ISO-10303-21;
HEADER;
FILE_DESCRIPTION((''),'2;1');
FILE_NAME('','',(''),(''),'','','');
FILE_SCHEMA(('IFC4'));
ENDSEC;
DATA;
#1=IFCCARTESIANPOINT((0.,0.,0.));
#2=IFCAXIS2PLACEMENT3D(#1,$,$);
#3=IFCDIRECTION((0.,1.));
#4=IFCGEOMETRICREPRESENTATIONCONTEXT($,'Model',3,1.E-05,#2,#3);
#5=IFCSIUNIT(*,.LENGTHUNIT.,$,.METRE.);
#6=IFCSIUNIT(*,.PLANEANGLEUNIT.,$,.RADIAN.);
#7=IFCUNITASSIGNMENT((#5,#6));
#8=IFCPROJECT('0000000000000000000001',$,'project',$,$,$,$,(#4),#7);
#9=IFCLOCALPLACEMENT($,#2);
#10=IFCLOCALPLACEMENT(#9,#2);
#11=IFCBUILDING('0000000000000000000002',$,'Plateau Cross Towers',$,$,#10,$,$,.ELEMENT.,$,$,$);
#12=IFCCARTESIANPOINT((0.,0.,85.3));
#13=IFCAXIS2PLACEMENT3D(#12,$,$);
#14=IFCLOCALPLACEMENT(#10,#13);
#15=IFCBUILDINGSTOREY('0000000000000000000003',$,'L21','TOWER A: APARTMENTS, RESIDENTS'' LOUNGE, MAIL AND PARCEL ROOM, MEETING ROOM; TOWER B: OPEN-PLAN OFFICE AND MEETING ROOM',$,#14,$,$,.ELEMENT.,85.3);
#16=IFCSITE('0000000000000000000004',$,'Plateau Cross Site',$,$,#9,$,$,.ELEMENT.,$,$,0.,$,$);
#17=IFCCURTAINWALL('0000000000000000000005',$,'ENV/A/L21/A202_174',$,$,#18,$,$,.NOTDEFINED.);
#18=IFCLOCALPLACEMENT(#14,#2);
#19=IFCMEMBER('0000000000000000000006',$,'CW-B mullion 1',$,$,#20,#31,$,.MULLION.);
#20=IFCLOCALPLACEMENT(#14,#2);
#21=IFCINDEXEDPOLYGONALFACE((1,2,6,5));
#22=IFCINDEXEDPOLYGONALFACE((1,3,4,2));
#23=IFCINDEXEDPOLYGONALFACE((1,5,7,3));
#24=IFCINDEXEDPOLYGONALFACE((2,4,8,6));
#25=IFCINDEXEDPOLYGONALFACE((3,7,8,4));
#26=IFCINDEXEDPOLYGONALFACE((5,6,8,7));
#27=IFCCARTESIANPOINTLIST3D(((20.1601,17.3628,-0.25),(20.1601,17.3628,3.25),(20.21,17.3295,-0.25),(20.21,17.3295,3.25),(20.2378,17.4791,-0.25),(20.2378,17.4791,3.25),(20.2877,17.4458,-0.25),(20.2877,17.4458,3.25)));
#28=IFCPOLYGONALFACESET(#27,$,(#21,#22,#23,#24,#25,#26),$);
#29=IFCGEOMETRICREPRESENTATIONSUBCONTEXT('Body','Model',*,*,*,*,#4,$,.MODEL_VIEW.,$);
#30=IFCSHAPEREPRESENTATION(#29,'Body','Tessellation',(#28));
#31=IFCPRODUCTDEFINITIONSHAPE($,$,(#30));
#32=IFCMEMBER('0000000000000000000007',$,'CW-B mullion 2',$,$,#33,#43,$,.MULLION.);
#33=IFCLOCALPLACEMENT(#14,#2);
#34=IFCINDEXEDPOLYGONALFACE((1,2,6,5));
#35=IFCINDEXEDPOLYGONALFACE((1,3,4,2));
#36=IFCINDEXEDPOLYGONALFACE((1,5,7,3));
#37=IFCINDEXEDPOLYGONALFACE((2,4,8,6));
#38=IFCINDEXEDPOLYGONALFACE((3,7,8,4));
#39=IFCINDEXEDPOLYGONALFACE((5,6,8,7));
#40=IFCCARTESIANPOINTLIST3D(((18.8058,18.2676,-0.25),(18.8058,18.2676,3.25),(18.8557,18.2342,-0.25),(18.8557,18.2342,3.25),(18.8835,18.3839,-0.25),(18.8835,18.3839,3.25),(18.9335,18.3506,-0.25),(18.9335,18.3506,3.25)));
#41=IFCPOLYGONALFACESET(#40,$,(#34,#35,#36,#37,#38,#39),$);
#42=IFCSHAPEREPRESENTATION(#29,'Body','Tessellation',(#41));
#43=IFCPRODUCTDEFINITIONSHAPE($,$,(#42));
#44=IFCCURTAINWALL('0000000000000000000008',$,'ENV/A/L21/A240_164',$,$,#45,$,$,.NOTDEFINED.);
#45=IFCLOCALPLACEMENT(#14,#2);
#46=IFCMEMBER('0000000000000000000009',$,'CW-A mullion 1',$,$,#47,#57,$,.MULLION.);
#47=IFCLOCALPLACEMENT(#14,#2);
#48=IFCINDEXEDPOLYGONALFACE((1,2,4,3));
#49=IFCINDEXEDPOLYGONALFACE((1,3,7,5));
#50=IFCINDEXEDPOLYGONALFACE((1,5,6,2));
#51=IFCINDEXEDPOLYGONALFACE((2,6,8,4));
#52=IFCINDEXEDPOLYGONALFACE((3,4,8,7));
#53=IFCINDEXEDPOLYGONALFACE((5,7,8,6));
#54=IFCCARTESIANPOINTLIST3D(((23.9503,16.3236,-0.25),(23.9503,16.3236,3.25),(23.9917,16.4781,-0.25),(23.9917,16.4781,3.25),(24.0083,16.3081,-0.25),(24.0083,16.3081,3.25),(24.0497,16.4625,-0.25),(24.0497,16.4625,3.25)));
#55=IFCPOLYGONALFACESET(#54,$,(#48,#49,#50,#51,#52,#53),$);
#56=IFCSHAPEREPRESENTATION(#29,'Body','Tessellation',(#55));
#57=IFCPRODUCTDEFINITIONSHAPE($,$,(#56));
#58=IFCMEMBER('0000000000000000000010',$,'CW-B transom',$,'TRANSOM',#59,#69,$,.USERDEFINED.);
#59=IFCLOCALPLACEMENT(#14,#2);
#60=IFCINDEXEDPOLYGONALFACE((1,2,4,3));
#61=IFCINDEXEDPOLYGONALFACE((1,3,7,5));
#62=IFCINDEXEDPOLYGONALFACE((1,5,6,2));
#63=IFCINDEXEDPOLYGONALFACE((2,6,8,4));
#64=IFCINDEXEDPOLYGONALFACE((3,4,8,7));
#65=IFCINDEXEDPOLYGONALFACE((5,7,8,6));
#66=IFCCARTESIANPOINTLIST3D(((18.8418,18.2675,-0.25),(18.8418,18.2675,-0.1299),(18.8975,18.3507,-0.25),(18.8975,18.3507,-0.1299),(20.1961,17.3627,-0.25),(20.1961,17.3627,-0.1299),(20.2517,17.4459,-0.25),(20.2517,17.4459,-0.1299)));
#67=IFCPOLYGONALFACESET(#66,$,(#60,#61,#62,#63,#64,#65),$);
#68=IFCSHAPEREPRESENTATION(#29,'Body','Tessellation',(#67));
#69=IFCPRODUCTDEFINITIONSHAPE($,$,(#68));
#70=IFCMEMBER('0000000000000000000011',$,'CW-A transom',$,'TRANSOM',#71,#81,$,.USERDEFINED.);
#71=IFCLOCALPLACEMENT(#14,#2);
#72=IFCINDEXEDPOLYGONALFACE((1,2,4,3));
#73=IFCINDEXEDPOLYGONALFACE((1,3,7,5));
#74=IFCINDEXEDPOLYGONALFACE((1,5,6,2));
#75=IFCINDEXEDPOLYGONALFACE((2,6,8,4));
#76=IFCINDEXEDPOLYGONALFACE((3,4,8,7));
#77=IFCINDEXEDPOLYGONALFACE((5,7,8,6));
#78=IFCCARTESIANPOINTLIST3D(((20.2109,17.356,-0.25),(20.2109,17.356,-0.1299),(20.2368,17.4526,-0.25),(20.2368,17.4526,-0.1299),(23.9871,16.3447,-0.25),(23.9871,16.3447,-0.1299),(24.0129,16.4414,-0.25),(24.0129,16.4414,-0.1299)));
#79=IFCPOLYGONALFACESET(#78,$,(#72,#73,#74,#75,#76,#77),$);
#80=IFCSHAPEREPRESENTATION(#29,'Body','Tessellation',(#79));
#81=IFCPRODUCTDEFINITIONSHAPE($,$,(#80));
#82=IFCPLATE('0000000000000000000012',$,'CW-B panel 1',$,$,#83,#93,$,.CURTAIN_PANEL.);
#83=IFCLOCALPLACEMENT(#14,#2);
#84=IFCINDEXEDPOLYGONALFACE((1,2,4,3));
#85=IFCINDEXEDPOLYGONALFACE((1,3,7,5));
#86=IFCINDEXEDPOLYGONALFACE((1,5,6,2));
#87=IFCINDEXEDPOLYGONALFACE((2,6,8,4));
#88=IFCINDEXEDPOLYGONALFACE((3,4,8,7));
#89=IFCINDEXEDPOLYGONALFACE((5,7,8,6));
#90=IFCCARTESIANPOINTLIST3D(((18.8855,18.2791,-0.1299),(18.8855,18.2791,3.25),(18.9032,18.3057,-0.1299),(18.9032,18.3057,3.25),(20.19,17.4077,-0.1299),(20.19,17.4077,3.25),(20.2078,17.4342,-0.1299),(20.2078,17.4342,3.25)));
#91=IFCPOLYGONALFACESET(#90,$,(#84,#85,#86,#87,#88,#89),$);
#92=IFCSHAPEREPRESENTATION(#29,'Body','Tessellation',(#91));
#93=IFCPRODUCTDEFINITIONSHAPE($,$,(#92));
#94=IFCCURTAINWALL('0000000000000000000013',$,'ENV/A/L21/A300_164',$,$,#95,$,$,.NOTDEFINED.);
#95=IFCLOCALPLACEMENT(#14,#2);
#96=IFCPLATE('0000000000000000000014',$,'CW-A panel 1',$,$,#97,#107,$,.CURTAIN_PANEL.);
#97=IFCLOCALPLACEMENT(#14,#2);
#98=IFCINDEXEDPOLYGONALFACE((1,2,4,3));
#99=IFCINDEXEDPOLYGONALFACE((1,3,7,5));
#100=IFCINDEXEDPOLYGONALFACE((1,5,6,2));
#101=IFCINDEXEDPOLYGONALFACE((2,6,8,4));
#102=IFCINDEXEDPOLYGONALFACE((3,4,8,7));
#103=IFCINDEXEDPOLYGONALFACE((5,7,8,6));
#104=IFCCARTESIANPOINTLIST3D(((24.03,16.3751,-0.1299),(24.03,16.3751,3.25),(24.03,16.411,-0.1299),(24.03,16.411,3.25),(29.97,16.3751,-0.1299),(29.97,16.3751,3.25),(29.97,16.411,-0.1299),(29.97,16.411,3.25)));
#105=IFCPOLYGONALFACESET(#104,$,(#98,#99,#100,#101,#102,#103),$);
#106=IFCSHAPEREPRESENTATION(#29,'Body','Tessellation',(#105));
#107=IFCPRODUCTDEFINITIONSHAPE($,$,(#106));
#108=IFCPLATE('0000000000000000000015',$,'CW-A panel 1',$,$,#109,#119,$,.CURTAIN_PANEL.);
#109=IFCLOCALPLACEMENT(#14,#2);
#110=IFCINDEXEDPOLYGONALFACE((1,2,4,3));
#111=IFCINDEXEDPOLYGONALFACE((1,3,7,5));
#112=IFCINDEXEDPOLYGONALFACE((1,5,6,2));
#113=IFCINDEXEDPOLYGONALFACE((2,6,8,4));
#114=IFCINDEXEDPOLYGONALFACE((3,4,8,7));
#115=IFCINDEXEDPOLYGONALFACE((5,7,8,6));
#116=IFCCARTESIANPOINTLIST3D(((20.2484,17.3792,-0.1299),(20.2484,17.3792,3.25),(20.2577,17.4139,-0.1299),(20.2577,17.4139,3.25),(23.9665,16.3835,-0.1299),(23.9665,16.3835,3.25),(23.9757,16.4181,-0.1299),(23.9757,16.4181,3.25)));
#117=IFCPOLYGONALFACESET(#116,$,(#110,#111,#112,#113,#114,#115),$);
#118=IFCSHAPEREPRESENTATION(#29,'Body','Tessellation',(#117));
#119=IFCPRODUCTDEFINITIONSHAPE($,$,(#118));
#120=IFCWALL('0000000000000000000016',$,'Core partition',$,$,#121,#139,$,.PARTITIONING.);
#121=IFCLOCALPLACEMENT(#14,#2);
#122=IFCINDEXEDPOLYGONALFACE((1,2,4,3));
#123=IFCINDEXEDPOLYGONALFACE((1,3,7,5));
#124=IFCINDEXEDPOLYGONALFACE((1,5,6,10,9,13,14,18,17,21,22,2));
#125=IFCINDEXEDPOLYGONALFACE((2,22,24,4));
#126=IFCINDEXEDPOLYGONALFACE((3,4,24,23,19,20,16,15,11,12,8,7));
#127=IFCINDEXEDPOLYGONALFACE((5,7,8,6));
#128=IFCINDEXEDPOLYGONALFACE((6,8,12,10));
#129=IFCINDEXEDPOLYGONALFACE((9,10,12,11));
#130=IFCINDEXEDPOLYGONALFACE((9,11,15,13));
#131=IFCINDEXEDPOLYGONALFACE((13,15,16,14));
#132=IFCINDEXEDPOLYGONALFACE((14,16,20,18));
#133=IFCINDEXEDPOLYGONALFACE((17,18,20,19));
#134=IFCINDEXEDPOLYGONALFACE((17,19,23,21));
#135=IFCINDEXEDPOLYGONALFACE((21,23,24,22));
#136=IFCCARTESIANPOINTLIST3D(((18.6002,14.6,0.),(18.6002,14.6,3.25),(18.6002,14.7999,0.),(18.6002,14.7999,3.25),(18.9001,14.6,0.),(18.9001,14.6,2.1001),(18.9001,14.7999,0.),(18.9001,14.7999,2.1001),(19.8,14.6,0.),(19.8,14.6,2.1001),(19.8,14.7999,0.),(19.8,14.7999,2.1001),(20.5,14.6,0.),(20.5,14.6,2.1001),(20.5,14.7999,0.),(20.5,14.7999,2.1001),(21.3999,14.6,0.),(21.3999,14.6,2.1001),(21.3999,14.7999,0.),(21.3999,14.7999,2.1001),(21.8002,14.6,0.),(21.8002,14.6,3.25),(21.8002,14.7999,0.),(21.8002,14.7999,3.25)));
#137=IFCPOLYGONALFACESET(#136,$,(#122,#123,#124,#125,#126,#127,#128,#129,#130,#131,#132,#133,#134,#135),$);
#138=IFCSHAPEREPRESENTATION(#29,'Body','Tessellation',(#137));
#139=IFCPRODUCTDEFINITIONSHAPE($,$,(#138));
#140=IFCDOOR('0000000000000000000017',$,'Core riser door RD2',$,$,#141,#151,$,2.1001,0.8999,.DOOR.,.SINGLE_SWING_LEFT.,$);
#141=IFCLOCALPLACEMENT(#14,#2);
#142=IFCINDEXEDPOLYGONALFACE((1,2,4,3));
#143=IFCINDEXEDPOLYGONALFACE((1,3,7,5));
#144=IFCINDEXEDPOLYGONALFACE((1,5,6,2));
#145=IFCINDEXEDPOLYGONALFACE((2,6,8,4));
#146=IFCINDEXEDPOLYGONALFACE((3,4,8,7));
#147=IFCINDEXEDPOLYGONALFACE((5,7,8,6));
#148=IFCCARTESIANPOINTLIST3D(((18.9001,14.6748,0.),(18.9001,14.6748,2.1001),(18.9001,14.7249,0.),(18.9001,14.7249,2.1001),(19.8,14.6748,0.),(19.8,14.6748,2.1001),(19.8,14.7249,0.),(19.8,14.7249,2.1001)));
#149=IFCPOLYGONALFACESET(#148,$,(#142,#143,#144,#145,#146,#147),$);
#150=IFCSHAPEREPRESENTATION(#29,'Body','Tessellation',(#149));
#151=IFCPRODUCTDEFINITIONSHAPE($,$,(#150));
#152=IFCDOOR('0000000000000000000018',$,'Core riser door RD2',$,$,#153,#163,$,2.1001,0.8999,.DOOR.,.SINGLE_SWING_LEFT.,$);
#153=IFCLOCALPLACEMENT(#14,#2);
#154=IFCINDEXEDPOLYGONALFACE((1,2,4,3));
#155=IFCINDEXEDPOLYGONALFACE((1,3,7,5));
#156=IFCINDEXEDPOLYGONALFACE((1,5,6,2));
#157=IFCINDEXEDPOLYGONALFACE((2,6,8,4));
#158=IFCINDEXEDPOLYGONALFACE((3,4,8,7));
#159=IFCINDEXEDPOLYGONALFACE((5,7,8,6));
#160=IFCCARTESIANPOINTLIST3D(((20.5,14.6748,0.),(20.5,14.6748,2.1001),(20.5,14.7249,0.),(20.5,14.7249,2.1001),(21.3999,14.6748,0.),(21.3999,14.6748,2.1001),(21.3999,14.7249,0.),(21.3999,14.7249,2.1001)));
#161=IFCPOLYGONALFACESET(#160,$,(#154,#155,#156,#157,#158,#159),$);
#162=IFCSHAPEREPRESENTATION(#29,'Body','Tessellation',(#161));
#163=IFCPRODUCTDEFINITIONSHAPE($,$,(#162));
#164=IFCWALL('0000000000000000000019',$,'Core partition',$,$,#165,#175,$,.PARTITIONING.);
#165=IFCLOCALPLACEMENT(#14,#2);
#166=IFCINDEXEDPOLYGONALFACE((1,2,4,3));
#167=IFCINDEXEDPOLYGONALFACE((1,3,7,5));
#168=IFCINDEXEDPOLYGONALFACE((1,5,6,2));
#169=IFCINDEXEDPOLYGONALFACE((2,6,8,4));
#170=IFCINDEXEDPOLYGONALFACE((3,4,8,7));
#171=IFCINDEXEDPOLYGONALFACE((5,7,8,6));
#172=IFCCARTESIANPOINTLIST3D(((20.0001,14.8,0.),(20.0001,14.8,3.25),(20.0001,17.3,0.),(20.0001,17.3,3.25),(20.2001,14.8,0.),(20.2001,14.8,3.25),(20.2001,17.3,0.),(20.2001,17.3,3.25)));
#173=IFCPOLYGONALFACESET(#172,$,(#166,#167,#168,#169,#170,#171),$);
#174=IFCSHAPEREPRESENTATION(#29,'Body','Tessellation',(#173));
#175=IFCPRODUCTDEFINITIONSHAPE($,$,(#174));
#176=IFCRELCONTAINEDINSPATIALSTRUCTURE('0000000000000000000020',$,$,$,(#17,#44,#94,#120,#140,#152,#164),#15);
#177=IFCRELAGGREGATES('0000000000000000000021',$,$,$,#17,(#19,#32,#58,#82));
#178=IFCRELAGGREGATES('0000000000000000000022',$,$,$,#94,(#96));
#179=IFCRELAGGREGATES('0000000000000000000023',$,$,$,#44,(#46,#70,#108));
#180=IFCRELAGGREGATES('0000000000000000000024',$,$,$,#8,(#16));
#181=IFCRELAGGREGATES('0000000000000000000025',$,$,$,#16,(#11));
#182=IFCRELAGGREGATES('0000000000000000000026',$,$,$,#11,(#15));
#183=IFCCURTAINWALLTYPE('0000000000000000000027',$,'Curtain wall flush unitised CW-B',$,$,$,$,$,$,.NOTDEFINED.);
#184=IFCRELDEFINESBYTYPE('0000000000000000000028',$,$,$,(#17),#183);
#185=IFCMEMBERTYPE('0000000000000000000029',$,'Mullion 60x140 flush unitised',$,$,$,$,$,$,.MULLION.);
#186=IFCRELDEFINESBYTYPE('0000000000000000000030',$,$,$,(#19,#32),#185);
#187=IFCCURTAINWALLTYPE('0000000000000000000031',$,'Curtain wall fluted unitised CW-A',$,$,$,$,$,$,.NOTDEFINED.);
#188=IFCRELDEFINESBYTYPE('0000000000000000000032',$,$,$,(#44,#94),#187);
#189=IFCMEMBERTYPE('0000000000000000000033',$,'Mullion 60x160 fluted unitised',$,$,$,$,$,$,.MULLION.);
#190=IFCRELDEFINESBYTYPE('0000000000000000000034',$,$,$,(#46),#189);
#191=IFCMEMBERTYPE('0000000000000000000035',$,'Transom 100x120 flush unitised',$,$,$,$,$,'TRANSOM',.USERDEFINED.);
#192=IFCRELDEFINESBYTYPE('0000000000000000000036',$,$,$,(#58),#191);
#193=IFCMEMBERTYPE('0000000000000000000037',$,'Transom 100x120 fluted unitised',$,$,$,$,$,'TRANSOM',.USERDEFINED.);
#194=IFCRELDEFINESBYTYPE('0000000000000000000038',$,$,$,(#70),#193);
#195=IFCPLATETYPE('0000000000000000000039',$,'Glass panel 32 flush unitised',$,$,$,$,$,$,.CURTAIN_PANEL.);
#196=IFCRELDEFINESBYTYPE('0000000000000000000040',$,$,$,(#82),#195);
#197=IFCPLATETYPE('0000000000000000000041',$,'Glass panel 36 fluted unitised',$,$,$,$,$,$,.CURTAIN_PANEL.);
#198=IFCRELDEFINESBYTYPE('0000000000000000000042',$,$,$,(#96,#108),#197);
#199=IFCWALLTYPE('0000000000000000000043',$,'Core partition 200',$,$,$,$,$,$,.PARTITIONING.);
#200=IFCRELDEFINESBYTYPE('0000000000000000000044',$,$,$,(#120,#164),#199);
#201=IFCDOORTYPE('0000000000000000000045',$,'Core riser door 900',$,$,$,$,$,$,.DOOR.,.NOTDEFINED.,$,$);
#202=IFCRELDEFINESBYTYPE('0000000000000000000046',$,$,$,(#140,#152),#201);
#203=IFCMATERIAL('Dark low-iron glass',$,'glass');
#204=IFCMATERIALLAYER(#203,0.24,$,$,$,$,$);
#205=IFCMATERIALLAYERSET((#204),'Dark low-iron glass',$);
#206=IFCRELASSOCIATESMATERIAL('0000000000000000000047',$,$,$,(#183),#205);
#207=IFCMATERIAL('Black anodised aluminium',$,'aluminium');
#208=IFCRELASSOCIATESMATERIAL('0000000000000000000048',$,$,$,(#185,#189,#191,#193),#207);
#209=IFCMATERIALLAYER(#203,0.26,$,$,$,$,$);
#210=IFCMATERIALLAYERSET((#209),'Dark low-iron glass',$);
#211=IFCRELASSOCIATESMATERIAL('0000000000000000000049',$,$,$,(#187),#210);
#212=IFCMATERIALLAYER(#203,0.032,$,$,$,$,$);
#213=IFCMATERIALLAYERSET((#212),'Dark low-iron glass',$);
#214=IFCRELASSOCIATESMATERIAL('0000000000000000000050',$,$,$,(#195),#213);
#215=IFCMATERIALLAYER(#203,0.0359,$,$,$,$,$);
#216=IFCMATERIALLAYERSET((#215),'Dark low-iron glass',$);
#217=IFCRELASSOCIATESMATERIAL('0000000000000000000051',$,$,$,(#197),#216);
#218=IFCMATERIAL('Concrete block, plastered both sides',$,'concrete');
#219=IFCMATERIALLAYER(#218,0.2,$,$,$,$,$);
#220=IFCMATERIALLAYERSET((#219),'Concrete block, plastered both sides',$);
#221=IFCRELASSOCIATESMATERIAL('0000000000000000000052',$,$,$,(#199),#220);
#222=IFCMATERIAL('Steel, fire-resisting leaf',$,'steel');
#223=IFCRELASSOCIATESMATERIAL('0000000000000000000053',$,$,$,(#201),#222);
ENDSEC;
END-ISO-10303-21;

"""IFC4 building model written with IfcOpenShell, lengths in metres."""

from ifc_helpers import new_model, si_unit, direction, frame, frame_2d, origin, origin_2d, place, context, subcontext, project, spatial, rectangle, extrude, material, layer, layer_set, material_profile, profile_set, type_object, element, fill, aggregate, save


model = new_model("IFC4")

# Units and contexts
model_context = context("Model", 3, precision=1e-05, world=origin(), true_north=direction((0.0, 1.0)))
body_context = subcontext(model_context, "Body", "Model", "MODEL_VIEW")
ifc_project = project(units=[si_unit("LENGTHUNIT", "METRE"), si_unit("PLANEANGLEUNIT", "RADIAN")], contexts=[model_context])

# Site, building, storey
site_placement = place(None, origin())
site = spatial("IfcSite", under=ifc_project, at=site_placement, Name="Plateau Cross Site", CompositionType="ELEMENT", RefElevation=0.0)
building_placement = place(site_placement, origin())
building = spatial("IfcBuilding", under=site, at=building_placement, Name="Plateau Cross Towers", CompositionType="ELEMENT")
storey_placement = place(building_placement, frame((0.0, 0.0, 85.3)))
storey = spatial("IfcBuildingStorey", under=building, at=storey_placement, Name="L21", Description="TOWER A: APARTMENTS, RESIDENTS' LOUNGE, MAIL AND PARCEL ROOM, MEETING ROOM; TOWER B: OPEN-PLAN OFFICE AND MEETING ROOM", CompositionType="ELEMENT", Elevation=85.3)

# Curtain wall, members
ifc_material_1 = material(Name="Dark low-iron glass", Category="glass")
ifc_layer_1 = layer(ifc_material_1, 0.24)
ifc_layer_set_1 = layer_set([ifc_layer_1], Name="Dark low-iron glass")
curtain_wall_type_1 = type_object("IfcCurtainWallType", Name="Curtain wall flush unitised CW-B", PredefinedType="NOTDEFINED", material=ifc_layer_set_1)
curtain_wall_1_placement = place(storey_placement, origin())
curtain_wall_1 = element("IfcCurtainWall", 1, at=curtain_wall_1_placement, inside=storey, type_object=curtain_wall_type_1, Name="ENV/A/L21/A202_174", PredefinedType="NOTDEFINED")
ifc_material_2 = material(Name="Black anodised aluminium", Category="aluminium")
ifc_material_profile_1 = material_profile(ifc_material_2, rectangle(XDim=0.0601, YDim=0.1399, at=origin_2d()), Name="MULLION 60x140")
ifc_profile_set_1 = profile_set([ifc_material_profile_1], Name="Black anodised aluminium")
member_type_1 = type_object("IfcMemberType", Name="Mullion 60x140 flush unitised", PredefinedType="MULLION", material=ifc_profile_set_1)
member_1_placement = place(storey_placement, frame((20.2239, 17.4043, -0.25), z_axis=(0.0, 0.0, 1.0), x_axis=(-0.831521, 0.555493, 0.0)))
member_1 = element("IfcMember", 2, at=member_1_placement, type_object=member_type_1, Name="CW-B mullion 1", PredefinedType="MULLION", context=body_context, shape_type="SweptSolid", body=[
    extrude(rectangle(XDim=0.0601, YDim=0.1399, at=origin_2d()), origin(), (0.0, 0.0, 1.0), 3.5),
])
member_2_placement = place(storey_placement, frame((18.8696, 18.3091, -0.25), z_axis=(0.0, 0.0, 1.0), x_axis=(-0.831521, 0.555493, 0.0)))
member_2 = element("IfcMember", 3, at=member_2_placement, type_object=member_type_1, Name="CW-B mullion 2", PredefinedType="MULLION", context=body_context, shape_type="SweptSolid", body=[
    extrude(rectangle(XDim=0.0601, YDim=0.1399, at=origin_2d()), origin(), (0.0, 0.0, 1.0), 3.5),
])

# Curtain wall, member
ifc_layer_2 = layer(ifc_material_1, 0.26)
ifc_layer_set_2 = layer_set([ifc_layer_2], Name="Dark low-iron glass")
curtain_wall_type_2 = type_object("IfcCurtainWallType", Name="Curtain wall fluted unitised CW-A", PredefinedType="NOTDEFINED", material=ifc_layer_set_2)
curtain_wall_2_placement = place(storey_placement, origin())
curtain_wall_2 = element("IfcCurtainWall", 4, at=curtain_wall_2_placement, inside=storey, type_object=curtain_wall_type_2, Name="ENV/A/L21/A240_164", PredefinedType="NOTDEFINED")
ifc_material_profile_2 = material_profile(ifc_material_2, rectangle(XDim=0.0601, YDim=0.1599, at=origin_2d()), Name="MULLION 60x160")
ifc_profile_set_2 = profile_set([ifc_material_profile_2], Name="Black anodised aluminium")
member_type_2 = type_object("IfcMemberType", Name="Mullion 60x160 fluted unitised", PredefinedType="MULLION", material=ifc_profile_set_2)
member_3_placement = place(storey_placement, frame((24.0, 16.3931, -0.25), z_axis=(0.0, 0.0, 1.0), x_axis=(-0.965958, 0.258699, 0.0)))
member_3 = element("IfcMember", 5, at=member_3_placement, type_object=member_type_2, Name="CW-A mullion 1", PredefinedType="MULLION", context=body_context, shape_type="SweptSolid", body=[
    extrude(rectangle(XDim=0.0601, YDim=0.1599, at=origin_2d()), origin(), (0.0, 0.0, 1.0), 3.5),
])

# Members
ifc_material_profile_3 = material_profile(ifc_material_2, rectangle(XDim=0.1001, YDim=0.1201, at=origin_2d()), Name="TRANSOM 100x120")
ifc_profile_set_3 = profile_set([ifc_material_profile_3], Name="Black anodised aluminium")
member_type_3 = type_object("IfcMemberType", Name="Transom 100x120 flush unitised", ElementType="TRANSOM", PredefinedType="USERDEFINED", material=ifc_profile_set_3)
member_4_placement = place(storey_placement, frame((20.2239, 17.4043, -0.1899), z_axis=(-0.831496, 0.55553, 0.0), x_axis=(-0.55553, -0.831496, 0.0)))
member_4 = element("IfcMember", 6, at=member_4_placement, type_object=member_type_3, Name="CW-B transom", ObjectType="TRANSOM", PredefinedType="USERDEFINED", context=body_context, shape_type="SweptSolid", body=[
    extrude(rectangle(XDim=0.1001, YDim=0.1201, at=origin_2d()), origin(), (0.0, 0.0, 1.0), 1.6287),
])
ifc_material_profile_4 = material_profile(ifc_material_2, rectangle(XDim=0.1001, YDim=0.1201, at=origin_2d()), Name="TRANSOM 100x120")
ifc_profile_set_4 = profile_set([ifc_material_profile_4], Name="Black anodised aluminium")
member_type_4 = type_object("IfcMemberType", Name="Transom 100x120 fluted unitised", ElementType="TRANSOM", PredefinedType="USERDEFINED", material=ifc_profile_set_4)
member_5_placement = place(storey_placement, frame((24.0, 16.3931, -0.1899), z_axis=(-0.965963, 0.258681, 0.0), x_axis=(-0.258681, -0.965963, 0.0)))
member_5 = element("IfcMember", 7, at=member_5_placement, type_object=member_type_4, Name="CW-A transom", ObjectType="TRANSOM", PredefinedType="USERDEFINED", context=body_context, shape_type="SweptSolid", body=[
    extrude(rectangle(XDim=0.1001, YDim=0.1201, at=origin_2d()), origin(), (0.0, 0.0, 1.0), 3.9092),
])

# Plate
ifc_layer_3 = layer(ifc_material_1, 0.032)
ifc_layer_set_3 = layer_set([ifc_layer_3], Name="Dark low-iron glass")
plate_type_1 = type_object("IfcPlateType", Name="Glass panel 32 flush unitised", PredefinedType="CURTAIN_PANEL", material=ifc_layer_set_3)
plate_1_placement = place(storey_placement, frame((19.5466, 17.8567, -0.1299), z_axis=(0.0, 0.0, 1.0), x_axis=(-0.831521, 0.555493, 0.0)))
plate_1 = element("IfcPlate", 8, at=plate_1_placement, type_object=plate_type_1, Name="CW-B panel 1", PredefinedType="CURTAIN_PANEL", context=body_context, shape_type="SweptSolid", body=[
    extrude(rectangle(XDim=1.5688, YDim=0.032, at=origin_2d()), origin(), (0.0, 0.0, 1.0), 3.3799),
])
aggregate(curtain_wall_1, [member_1, member_2, member_4, plate_1])

# Curtain wall, plate
curtain_wall_3_placement = place(storey_placement, origin())
curtain_wall_3 = element("IfcCurtainWall", 9, at=curtain_wall_3_placement, inside=storey, type_object=curtain_wall_type_2, Name="ENV/A/L21/A300_164", PredefinedType="NOTDEFINED")
ifc_layer_4 = layer(ifc_material_1, 0.0359)
ifc_layer_set_4 = layer_set([ifc_layer_4], Name="Dark low-iron glass")
plate_type_2 = type_object("IfcPlateType", Name="Glass panel 36 fluted unitised", PredefinedType="CURTAIN_PANEL", material=ifc_layer_set_4)
plate_2_placement = place(storey_placement, frame((27.0, 16.3931, -0.1299), z_axis=(0.0, 0.0, 1.0), x_axis=(-1.0, 0.0, 0.0)))
plate_2 = element("IfcPlate", 10, at=plate_2_placement, type_object=plate_type_2, Name="CW-A panel 1", PredefinedType="CURTAIN_PANEL", context=body_context, shape_type="SweptSolid", body=[
    extrude(rectangle(XDim=5.9399, YDim=0.0359, at=origin_2d()), origin(), (0.0, 0.0, 1.0), 3.3799),
])
aggregate(curtain_wall_3, [plate_2])

# Plate
plate_3_placement = place(storey_placement, frame((22.1121, 16.8987, -0.1299), z_axis=(0.0, 0.0, 1.0), x_axis=(-0.965958, 0.258699, 0.0)))
plate_3 = element("IfcPlate", 11, at=plate_3_placement, type_object=plate_type_2, Name="CW-A panel 1", PredefinedType="CURTAIN_PANEL", context=body_context, shape_type="SweptSolid", body=[
    extrude(rectangle(XDim=3.8491, YDim=0.0359, at=origin_2d()), origin(), (0.0, 0.0, 1.0), 3.3799),
])
aggregate(curtain_wall_2, [member_3, member_5, plate_3])

# Wall, openings, doors
ifc_material_3 = material(Name="Concrete block, plastered both sides", Category="concrete")
ifc_layer_5 = layer(ifc_material_3, 0.2)
ifc_layer_set_5 = layer_set([ifc_layer_5], Name="Concrete block, plastered both sides")
wall_type_1 = type_object("IfcWallType", Name="Core partition 200", PredefinedType="PARTITIONING", material=ifc_layer_set_5)
wall_1_placement = place(storey_placement, frame((18.6001, 14.7, 0.0), z_axis=(0.0, 0.0, 1.0), x_axis=(1.0, 0.0, 0.0)))
wall_1 = element("IfcWall", 12, at=wall_1_placement, inside=storey, type_object=wall_type_1, Name="Core partition", PredefinedType="PARTITIONING", context=body_context, shape_type="SweptSolid", body=[
    extrude(rectangle(XDim=3.2, YDim=0.2, at=frame_2d((1.6001, 0.0))), origin(), (0.0, 0.0, 1.0), 3.25),
])
opening_1_placement = place(wall_1_placement, frame((0.3, 0.0, 0.0)))
opening_1 = element("IfcOpeningElement", 13, at=opening_1_placement, cuts=wall_1, PredefinedType="OPENING", context=body_context, shape_type="SweptSolid", body=[
    extrude(rectangle(XDim=0.8999, YDim=2.1001, at=frame_2d((0.45, 1.05))), frame((0.0, 0.1099, 0.0), z_axis=(0.0, -1.0, 0.0), x_axis=(1.0, 0.0, 0.0)), (0.0, 0.0, 1.0), 0.22),
])
opening_2_placement = place(wall_1_placement, frame((1.8999, 0.0, 0.0)))
opening_2 = element("IfcOpeningElement", 14, at=opening_2_placement, cuts=wall_1, PredefinedType="OPENING", context=body_context, shape_type="SweptSolid", body=[
    extrude(rectangle(XDim=0.8999, YDim=2.1001, at=frame_2d((0.45, 1.05))), frame((0.0, 0.1099, 0.0), z_axis=(0.0, -1.0, 0.0), x_axis=(1.0, 0.0, 0.0)), (0.0, 0.0, 1.0), 0.22),
])
ifc_material_4 = material(Name="Steel, fire-resisting leaf", Category="steel")
door_type_1 = type_object("IfcDoorType", Name="Core riser door 900", OperationType="NOTDEFINED", PredefinedType="DOOR", material=ifc_material_4)
door_1_placement = place(opening_1_placement, origin())
door_1 = element("IfcDoor", 15, at=door_1_placement, inside=storey, type_object=door_type_1, Name="Core riser door RD2", OperationType="SINGLE_SWING_LEFT", OverallHeight=2.1001, OverallWidth=0.8999, PredefinedType="DOOR", context=body_context, shape_type="SweptSolid", body=[
    extrude(rectangle(XDim=0.8999, YDim=2.1001, at=frame_2d((0.45, 1.05))), frame((0.0, 0.0249, 0.0), z_axis=(0.0, -1.0, 0.0), x_axis=(1.0, 0.0, 0.0)), (0.0, 0.0, 1.0), 0.05),
])
fill(opening_1, door_1)
door_2_placement = place(opening_2_placement, origin())
door_2 = element("IfcDoor", 16, at=door_2_placement, inside=storey, type_object=door_type_1, Name="Core riser door RD2", OperationType="SINGLE_SWING_LEFT", OverallHeight=2.1001, OverallWidth=0.8999, PredefinedType="DOOR", context=body_context, shape_type="SweptSolid", body=[
    extrude(rectangle(XDim=0.8999, YDim=2.1001, at=frame_2d((0.45, 1.05))), frame((0.0, 0.0249, 0.0), z_axis=(0.0, -1.0, 0.0), x_axis=(1.0, 0.0, 0.0)), (0.0, 0.0, 1.0), 0.05),
])
fill(opening_2, door_2)

# Wall
wall_2_placement = place(storey_placement, frame((20.1001, 14.8, 0.0), z_axis=(0.0, 0.0, 1.0), x_axis=(0.0, 1.0, 0.0)))
element("IfcWall", 17, at=wall_2_placement, inside=storey, type_object=wall_type_1, Name="Core partition", PredefinedType="PARTITIONING", context=body_context, shape_type="SweptSolid", body=[
    extrude(rectangle(XDim=2.5, YDim=0.2, at=frame_2d((1.25, 0.0))), origin(), (0.0, 0.0, 1.0), 3.25),
])

save(model, "model.ifc")
